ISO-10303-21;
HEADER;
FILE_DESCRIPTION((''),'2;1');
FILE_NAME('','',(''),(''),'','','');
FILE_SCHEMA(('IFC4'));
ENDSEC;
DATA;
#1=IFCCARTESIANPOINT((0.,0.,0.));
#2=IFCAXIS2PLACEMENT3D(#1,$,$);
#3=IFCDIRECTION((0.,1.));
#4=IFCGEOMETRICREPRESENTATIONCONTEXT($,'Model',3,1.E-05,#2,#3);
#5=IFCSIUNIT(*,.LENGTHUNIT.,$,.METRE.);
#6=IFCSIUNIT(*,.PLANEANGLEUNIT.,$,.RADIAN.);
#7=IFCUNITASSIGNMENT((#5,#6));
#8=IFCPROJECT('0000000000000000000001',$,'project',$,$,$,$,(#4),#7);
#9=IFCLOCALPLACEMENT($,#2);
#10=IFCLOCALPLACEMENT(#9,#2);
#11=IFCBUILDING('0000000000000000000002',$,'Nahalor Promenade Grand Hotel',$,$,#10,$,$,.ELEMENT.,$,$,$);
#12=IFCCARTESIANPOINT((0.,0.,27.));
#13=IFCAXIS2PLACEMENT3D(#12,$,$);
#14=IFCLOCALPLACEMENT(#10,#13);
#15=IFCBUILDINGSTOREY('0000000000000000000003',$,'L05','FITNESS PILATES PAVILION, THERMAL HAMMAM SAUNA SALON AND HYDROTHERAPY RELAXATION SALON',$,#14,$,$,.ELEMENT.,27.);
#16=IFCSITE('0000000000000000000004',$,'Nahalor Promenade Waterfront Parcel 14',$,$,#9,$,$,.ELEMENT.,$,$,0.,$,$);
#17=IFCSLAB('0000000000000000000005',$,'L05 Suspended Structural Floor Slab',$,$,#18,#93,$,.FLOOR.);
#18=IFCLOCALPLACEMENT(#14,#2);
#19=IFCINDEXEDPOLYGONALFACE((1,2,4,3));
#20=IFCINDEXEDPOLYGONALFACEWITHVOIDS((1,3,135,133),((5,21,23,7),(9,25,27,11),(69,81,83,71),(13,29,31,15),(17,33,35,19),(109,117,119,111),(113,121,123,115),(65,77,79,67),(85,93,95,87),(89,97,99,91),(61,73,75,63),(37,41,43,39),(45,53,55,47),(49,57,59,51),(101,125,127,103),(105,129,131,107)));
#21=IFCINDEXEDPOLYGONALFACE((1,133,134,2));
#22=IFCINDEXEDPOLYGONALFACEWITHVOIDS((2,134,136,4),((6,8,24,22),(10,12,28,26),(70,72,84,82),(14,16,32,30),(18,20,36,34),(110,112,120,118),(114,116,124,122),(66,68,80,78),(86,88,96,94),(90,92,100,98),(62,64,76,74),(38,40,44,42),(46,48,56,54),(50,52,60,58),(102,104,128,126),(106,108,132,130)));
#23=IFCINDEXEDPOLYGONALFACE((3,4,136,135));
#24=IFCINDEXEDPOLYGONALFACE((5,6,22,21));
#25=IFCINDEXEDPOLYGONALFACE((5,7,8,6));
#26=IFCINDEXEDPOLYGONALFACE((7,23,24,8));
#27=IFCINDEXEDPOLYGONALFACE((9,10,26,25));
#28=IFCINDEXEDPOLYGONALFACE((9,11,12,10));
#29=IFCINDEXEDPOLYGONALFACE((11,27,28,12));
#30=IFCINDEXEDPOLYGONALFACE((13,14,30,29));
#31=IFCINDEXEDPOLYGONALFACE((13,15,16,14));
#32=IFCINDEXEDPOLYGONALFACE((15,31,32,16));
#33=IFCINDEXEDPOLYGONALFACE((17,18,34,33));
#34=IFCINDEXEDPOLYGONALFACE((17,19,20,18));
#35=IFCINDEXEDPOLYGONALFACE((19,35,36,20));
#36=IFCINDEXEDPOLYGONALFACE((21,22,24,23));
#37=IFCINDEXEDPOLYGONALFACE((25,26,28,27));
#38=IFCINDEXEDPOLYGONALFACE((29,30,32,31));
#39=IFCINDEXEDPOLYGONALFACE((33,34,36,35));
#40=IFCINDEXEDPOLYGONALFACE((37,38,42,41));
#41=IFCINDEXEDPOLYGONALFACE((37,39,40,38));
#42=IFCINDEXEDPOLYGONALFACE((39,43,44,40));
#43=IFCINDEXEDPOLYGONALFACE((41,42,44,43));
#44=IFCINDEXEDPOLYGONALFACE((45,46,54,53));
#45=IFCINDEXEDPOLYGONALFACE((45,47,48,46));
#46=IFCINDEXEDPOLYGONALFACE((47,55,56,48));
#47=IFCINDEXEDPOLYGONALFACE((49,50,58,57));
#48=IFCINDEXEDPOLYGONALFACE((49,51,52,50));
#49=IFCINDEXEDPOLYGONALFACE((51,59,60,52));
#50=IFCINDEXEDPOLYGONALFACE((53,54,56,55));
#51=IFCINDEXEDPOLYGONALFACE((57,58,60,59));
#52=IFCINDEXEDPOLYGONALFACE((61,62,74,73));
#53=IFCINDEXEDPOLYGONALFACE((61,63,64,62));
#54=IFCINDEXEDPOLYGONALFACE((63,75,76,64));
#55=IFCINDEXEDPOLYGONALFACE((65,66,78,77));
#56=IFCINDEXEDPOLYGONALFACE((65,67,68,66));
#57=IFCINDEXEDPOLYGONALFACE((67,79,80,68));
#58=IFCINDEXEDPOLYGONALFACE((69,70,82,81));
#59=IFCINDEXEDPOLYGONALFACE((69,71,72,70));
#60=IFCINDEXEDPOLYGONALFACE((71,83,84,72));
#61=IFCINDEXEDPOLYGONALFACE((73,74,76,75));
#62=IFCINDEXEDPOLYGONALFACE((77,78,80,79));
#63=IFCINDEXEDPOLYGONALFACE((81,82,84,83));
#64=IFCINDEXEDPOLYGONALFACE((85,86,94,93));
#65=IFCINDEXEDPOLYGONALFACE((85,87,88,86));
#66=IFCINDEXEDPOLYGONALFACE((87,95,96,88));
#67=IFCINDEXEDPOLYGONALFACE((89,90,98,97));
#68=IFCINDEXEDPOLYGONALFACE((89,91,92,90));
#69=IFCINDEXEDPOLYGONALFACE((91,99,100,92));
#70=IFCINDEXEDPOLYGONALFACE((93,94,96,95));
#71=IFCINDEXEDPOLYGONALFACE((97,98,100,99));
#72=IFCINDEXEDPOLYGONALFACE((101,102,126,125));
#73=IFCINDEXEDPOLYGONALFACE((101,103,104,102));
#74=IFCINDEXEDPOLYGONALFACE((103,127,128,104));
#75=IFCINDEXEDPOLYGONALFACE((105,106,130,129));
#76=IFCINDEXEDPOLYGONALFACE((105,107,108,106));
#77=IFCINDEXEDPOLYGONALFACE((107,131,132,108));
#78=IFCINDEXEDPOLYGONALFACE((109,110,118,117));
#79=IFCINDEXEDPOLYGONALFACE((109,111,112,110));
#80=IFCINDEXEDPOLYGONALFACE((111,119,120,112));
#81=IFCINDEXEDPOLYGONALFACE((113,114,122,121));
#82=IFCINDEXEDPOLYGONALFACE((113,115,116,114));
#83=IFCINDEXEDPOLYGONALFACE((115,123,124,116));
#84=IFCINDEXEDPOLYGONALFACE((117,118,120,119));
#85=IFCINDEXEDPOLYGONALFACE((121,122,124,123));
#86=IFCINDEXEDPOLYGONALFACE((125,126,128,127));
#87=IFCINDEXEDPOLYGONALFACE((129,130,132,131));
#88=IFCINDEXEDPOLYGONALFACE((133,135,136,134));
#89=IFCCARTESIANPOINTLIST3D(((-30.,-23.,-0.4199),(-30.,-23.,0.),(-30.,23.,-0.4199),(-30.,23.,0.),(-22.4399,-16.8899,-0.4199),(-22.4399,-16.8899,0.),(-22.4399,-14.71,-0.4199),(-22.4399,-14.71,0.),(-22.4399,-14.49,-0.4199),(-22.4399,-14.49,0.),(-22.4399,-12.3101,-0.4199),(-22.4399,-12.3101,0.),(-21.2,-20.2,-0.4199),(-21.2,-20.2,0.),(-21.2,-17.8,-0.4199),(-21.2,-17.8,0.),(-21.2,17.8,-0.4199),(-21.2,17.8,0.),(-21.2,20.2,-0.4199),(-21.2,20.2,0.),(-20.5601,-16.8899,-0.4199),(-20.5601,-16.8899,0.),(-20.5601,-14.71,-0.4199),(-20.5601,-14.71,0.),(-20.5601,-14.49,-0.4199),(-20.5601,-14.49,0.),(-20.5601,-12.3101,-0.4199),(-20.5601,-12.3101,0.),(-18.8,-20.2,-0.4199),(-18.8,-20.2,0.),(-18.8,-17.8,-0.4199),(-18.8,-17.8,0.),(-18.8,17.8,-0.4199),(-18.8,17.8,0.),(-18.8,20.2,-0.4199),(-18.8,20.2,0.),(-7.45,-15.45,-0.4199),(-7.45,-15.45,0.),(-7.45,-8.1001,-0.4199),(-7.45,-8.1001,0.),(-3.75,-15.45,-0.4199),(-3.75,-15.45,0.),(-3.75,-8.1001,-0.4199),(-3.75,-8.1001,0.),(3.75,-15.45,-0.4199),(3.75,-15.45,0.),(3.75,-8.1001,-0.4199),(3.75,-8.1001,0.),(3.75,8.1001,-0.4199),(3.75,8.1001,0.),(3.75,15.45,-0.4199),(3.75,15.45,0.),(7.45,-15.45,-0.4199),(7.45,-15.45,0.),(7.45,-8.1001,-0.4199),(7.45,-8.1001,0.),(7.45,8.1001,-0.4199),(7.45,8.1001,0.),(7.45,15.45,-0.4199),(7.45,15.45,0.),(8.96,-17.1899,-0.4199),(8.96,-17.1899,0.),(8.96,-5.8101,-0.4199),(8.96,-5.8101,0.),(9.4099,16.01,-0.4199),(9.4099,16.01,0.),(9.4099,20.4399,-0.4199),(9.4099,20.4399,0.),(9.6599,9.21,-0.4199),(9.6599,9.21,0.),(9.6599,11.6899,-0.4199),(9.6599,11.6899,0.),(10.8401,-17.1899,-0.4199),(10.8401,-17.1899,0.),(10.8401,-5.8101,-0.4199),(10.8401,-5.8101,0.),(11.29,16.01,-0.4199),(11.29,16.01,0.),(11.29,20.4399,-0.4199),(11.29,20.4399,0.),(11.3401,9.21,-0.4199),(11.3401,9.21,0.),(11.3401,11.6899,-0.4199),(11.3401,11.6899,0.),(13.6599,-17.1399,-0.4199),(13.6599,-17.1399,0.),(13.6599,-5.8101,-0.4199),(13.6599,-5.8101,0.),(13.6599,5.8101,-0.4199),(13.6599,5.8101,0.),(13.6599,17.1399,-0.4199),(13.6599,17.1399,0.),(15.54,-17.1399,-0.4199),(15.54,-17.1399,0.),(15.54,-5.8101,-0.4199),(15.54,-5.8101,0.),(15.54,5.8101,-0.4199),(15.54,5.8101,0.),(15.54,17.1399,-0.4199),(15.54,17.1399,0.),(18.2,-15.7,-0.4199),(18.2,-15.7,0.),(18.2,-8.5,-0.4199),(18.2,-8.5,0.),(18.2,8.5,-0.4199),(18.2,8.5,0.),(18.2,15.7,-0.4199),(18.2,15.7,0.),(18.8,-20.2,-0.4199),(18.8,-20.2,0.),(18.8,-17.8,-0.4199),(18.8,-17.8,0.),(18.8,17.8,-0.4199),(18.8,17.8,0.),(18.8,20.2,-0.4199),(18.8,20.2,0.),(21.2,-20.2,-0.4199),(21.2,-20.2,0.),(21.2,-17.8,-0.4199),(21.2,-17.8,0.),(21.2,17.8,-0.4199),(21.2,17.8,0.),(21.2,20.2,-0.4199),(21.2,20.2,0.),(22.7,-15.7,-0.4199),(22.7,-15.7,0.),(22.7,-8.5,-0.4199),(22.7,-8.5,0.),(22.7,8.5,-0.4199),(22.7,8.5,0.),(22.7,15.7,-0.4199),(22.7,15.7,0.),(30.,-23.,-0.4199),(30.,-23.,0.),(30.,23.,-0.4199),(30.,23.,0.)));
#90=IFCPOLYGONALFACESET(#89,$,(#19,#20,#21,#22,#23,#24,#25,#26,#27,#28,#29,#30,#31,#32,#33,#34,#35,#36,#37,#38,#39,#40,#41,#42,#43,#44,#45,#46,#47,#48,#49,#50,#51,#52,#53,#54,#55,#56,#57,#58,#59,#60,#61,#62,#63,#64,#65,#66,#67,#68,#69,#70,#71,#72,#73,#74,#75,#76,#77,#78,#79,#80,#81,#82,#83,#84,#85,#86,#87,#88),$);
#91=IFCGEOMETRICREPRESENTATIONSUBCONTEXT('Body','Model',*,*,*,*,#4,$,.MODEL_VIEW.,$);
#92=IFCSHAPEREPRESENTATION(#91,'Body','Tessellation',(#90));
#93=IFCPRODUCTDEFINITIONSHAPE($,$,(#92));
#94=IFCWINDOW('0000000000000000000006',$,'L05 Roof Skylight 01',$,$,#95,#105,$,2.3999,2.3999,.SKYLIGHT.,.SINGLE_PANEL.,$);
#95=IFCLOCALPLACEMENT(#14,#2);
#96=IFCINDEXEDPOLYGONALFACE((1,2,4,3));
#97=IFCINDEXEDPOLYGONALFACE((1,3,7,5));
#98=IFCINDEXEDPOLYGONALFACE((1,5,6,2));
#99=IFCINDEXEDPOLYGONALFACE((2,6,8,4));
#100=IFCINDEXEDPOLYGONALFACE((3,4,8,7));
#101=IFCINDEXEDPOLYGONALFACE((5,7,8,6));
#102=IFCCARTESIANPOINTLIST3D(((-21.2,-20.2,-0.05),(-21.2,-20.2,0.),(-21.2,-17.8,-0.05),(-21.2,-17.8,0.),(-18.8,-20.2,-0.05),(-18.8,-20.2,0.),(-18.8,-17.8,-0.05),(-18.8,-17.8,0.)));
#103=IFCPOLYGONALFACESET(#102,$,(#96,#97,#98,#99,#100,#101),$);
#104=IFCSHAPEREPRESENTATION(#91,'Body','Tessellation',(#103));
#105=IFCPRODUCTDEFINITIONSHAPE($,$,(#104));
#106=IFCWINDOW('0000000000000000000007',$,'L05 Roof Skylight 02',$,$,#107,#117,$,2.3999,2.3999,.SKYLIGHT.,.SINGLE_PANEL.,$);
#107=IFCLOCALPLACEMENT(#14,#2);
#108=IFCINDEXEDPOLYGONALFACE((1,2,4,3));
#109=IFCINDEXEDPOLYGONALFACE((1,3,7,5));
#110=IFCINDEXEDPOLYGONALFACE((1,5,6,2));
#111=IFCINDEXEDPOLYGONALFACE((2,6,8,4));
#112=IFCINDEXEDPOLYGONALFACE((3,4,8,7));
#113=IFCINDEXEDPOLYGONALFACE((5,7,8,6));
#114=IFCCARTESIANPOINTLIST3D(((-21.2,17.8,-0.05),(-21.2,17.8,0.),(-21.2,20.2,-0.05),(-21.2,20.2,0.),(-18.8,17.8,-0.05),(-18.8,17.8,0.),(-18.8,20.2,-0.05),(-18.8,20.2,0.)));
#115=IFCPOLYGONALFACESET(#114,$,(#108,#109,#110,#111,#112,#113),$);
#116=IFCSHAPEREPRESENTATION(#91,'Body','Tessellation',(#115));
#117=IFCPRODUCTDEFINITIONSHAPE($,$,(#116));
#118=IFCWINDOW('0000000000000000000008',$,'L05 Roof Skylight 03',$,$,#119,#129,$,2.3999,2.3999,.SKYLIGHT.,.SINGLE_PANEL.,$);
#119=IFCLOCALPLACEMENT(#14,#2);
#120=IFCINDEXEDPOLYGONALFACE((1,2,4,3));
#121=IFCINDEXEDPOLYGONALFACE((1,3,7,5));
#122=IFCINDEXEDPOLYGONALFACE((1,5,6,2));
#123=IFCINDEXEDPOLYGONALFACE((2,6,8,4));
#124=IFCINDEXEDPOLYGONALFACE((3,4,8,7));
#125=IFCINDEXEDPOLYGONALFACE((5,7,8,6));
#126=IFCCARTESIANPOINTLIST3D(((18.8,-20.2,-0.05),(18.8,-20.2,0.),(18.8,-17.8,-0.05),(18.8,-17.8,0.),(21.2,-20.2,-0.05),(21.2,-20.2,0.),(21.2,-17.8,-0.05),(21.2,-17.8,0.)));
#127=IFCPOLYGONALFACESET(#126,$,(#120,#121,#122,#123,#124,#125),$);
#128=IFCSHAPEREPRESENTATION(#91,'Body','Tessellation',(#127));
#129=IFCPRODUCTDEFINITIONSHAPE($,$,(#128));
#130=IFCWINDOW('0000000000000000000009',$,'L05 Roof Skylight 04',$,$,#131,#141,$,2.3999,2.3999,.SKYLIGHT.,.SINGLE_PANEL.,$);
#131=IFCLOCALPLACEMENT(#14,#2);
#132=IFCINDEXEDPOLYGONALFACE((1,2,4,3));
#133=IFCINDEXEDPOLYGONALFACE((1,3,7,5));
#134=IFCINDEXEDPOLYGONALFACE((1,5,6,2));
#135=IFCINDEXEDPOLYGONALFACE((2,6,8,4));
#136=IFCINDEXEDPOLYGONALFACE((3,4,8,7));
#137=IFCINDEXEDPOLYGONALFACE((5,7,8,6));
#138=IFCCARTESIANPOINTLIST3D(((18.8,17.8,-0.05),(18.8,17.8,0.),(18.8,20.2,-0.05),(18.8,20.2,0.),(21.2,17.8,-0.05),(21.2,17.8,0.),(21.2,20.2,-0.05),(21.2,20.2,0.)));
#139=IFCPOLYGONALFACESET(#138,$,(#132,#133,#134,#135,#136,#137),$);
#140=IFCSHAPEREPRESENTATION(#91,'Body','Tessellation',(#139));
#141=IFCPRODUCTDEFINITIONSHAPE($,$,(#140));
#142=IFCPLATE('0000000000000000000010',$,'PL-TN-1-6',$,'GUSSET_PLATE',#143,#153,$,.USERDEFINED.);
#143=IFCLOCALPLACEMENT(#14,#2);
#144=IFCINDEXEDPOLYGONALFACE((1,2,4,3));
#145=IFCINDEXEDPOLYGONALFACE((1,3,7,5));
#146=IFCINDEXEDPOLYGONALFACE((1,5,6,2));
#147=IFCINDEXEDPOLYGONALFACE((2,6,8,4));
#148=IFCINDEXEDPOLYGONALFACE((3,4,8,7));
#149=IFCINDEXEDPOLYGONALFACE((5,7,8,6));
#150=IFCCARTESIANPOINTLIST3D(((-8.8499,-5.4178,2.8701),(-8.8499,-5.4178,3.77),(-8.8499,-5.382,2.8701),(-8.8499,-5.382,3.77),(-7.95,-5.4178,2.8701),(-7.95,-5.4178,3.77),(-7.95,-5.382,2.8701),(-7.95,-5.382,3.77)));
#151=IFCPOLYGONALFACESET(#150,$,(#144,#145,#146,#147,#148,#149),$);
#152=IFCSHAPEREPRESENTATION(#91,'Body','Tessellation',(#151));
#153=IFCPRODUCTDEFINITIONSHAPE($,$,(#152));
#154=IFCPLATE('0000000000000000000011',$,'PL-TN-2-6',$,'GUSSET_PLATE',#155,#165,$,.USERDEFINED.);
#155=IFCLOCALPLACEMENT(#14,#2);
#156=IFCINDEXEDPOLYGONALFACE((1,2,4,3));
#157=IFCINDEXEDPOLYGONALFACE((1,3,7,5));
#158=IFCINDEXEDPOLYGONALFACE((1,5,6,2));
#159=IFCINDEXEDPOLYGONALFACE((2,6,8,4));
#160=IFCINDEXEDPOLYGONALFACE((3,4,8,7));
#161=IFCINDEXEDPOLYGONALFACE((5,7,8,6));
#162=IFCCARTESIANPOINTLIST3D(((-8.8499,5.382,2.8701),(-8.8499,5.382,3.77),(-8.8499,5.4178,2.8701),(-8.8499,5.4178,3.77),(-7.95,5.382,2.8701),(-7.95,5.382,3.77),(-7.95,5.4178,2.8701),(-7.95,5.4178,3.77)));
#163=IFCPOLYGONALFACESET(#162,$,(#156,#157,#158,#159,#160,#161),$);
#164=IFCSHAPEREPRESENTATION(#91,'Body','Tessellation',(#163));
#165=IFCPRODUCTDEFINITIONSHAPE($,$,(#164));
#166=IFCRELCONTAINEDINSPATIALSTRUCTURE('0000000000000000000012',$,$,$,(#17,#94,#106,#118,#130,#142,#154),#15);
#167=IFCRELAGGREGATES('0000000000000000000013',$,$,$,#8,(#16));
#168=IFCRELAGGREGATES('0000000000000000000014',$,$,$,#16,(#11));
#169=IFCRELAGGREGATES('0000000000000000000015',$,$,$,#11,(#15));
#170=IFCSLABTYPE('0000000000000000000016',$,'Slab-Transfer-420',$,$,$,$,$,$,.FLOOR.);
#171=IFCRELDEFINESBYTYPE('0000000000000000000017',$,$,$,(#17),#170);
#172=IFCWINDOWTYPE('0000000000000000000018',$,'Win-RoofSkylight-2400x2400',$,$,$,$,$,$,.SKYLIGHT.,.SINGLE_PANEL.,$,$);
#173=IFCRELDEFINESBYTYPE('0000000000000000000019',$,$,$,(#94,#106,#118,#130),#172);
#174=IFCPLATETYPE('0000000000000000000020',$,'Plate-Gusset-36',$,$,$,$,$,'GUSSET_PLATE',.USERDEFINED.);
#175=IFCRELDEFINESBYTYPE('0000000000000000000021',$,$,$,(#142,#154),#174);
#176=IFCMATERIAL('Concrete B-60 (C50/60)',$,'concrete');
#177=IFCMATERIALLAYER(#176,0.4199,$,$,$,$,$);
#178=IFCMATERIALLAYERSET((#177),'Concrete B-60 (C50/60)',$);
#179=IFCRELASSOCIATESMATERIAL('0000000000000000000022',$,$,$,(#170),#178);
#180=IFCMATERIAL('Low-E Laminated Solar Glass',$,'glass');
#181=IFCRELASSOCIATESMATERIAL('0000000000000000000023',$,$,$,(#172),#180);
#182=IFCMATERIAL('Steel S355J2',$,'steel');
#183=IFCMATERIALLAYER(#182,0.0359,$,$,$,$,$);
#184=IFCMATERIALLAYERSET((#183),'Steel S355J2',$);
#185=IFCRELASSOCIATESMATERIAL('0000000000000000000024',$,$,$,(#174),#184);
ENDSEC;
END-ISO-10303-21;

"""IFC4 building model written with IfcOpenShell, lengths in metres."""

from ifc_helpers import new_model, si_unit, direction, frame, origin, origin_2d, place, context, subcontext, project, spatial, polyline, rectangle, outline, extrude, source, transform, mapped, material, layer, layer_set, type_object, element, fill, save


model = new_model("IFC4")

# Units and contexts
model_context = context("Model", 3, precision=1e-05, world=origin(), true_north=direction((0.0, 1.0)))
body_context = subcontext(model_context, "Body", "Model", "MODEL_VIEW")
ifc_project = project(units=[si_unit("LENGTHUNIT", "METRE"), si_unit("PLANEANGLEUNIT", "RADIAN")], contexts=[model_context])

# Site, building, storey
site_placement = place(None, origin())
site = spatial("IfcSite", under=ifc_project, at=site_placement, Name="Nahalor Promenade Waterfront Parcel 14", CompositionType="ELEMENT", RefElevation=0.0)
building_placement = place(site_placement, origin())
building = spatial("IfcBuilding", under=site, at=building_placement, Name="Nahalor Promenade Grand Hotel", CompositionType="ELEMENT")
storey_placement = place(building_placement, frame((0.0, 0.0, 27.0)))
storey = spatial("IfcBuildingStorey", under=building, at=storey_placement, Name="L05", Description="FITNESS PILATES PAVILION, THERMAL HAMMAM SAUNA SALON AND HYDROTHERAPY RELAXATION SALON", CompositionType="ELEMENT", Elevation=27.0)

# Slab, openings, windows
ifc_material_1 = material(Name="Concrete B-60 (C50/60)", Category="concrete")
ifc_layer_1 = layer(ifc_material_1, 0.4199)
ifc_layer_set_1 = layer_set([ifc_layer_1], Name="Concrete B-60 (C50/60)")
slab_type_1 = type_object("IfcSlabType", Name="Slab-Transfer-420", PredefinedType="FLOOR", material=ifc_layer_set_1)
slab_1_placement = place(storey_placement, frame((0.0, 0.0, -0.4199)))
slab_1 = element("IfcSlab", 1, at=slab_1_placement, inside=storey, type_object=slab_type_1, Name="L05 Suspended Structural Floor Slab", PredefinedType="FLOOR", context=body_context, shape_type="SweptSolid", body=[
    extrude(outline(polyline([(-30.0, -23.0), (30.0, -23.0), (30.0, 23.0), (-30.0, 23.0), (-30.0, -23.0)]), holes=[polyline([(3.75, 8.1001), (7.45, 8.1001), (7.45, 15.45), (3.75, 15.45), (3.75, 8.1001)]), polyline([(3.75, -15.45), (7.45, -15.45), (7.45, -8.1001), (3.75, -8.1001), (3.75, -15.45)]), polyline([(-7.45, -15.45), (-3.75, -15.45), (-3.75, -8.1001), (-7.45, -8.1001), (-7.45, -15.45)]), polyline([(18.2, 8.5), (22.7, 8.5), (22.7, 15.7), (18.2, 15.7), (18.2, 8.5)]), polyline([(18.2, -15.7), (22.7, -15.7), (22.7, -8.5), (18.2, -8.5), (18.2, -15.7)]), polyline([(13.6599, 5.8101), (15.54, 5.8101), (15.54, 17.1399), (13.6599, 17.1399), (13.6599, 5.8101)]), polyline([(13.6599, -17.1399), (15.54, -17.1399), (15.54, -5.8101), (13.6599, -5.8101), (13.6599, -17.1399)]), polyline([(8.96, -17.1899), (10.8401, -17.1899), (10.8401, -5.8101), (8.96, -5.8101), (8.96, -17.1899)]), polyline([(9.4099, 16.01), (11.29, 16.01), (11.29, 20.4399), (9.4099, 20.4399), (9.4099, 16.01)]), polyline([(9.6599, 9.21), (11.3401, 9.21), (11.3401, 11.6899), (9.6599, 11.6899), (9.6599, 9.21)]), polyline([(-22.4399, -16.8899), (-20.5601, -16.8899), (-20.5601, -14.71), (-22.4399, -14.71), (-22.4399, -16.8899)]), polyline([(-22.4399, -14.49), (-20.5601, -14.49), (-20.5601, -12.3101), (-22.4399, -12.3101), (-22.4399, -14.49)])]), origin(), (0.0, 0.0, 1.0), 0.4199),
])
opening_1_placement = place(slab_1_placement, frame((-20.0, -19.0, 0.0)))
opening_1 = element("IfcOpeningElement", 2, at=opening_1_placement, cuts=slab_1, PredefinedType="OPENING", context=body_context, shape_type="SweptSolid", body=[
    extrude(rectangle(XDim=2.3999, YDim=2.3999, at=origin_2d()), frame((0.0, 0.0, -0.01)), (0.0, 0.0, 1.0), 0.4399),
])
opening_2_placement = place(slab_1_placement, frame((-20.0, 19.0, 0.0)))
opening_2 = element("IfcOpeningElement", 3, at=opening_2_placement, cuts=slab_1, PredefinedType="OPENING", context=body_context, shape_type="SweptSolid", body=[
    extrude(rectangle(XDim=2.3999, YDim=2.3999, at=origin_2d()), frame((0.0, 0.0, -0.01)), (0.0, 0.0, 1.0), 0.4399),
])
opening_3_placement = place(slab_1_placement, frame((20.0, -19.0, 0.0)))
opening_3 = element("IfcOpeningElement", 4, at=opening_3_placement, cuts=slab_1, PredefinedType="OPENING", context=body_context, shape_type="SweptSolid", body=[
    extrude(rectangle(XDim=2.3999, YDim=2.3999, at=origin_2d()), frame((0.0, 0.0, -0.01)), (0.0, 0.0, 1.0), 0.4399),
])
opening_4_placement = place(slab_1_placement, frame((20.0, 19.0, 0.0)))
opening_4 = element("IfcOpeningElement", 5, at=opening_4_placement, cuts=slab_1, PredefinedType="OPENING", context=body_context, shape_type="SweptSolid", body=[
    extrude(rectangle(XDim=2.3999, YDim=2.3999, at=origin_2d()), frame((0.0, 0.0, -0.01)), (0.0, 0.0, 1.0), 0.4399),
])
ifc_material_2 = material(Name="Low-E Laminated Solar Glass", Category="glass")
window_type = type_object("IfcWindowType", Name="Win-RoofSkylight-2400x2400", PartitioningType="SINGLE_PANEL", PredefinedType="SKYLIGHT", material=ifc_material_2)
window_1_placement = place(opening_1_placement, frame((0.0, 0.0, 0.3699)))
window_1 = element("IfcWindow", 6, at=window_1_placement, inside=storey, type_object=window_type, Name="L05 Roof Skylight 01", OverallHeight=2.3999, OverallWidth=2.3999, PartitioningType="SINGLE_PANEL", PredefinedType="SKYLIGHT", context=body_context, shape_type="SweptSolid", body=[
    extrude(rectangle(XDim=2.3999, YDim=2.3999, at=origin_2d()), origin(), (0.0, 0.0, 1.0), 0.05),
])
fill(opening_1, window_1)
window_2_placement = place(opening_2_placement, frame((0.0, 0.0, 0.3699)))
window_2 = element("IfcWindow", 7, at=window_2_placement, inside=storey, type_object=window_type, Name="L05 Roof Skylight 02", OverallHeight=2.3999, OverallWidth=2.3999, PartitioningType="SINGLE_PANEL", PredefinedType="SKYLIGHT", context=body_context, shape_type="SweptSolid", body=[
    extrude(rectangle(XDim=2.3999, YDim=2.3999, at=origin_2d()), origin(), (0.0, 0.0, 1.0), 0.05),
])
fill(opening_2, window_2)
window_3_placement = place(opening_3_placement, frame((0.0, 0.0, 0.3699)))
window_3 = element("IfcWindow", 8, at=window_3_placement, inside=storey, type_object=window_type, Name="L05 Roof Skylight 03", OverallHeight=2.3999, OverallWidth=2.3999, PartitioningType="SINGLE_PANEL", PredefinedType="SKYLIGHT", context=body_context, shape_type="SweptSolid", body=[
    extrude(rectangle(XDim=2.3999, YDim=2.3999, at=origin_2d()), origin(), (0.0, 0.0, 1.0), 0.05),
])
fill(opening_3, window_3)
window_4_placement = place(opening_4_placement, frame((0.0, 0.0, 0.3699)))
window_4 = element("IfcWindow", 9, at=window_4_placement, inside=storey, type_object=window_type, Name="L05 Roof Skylight 04", OverallHeight=2.3999, OverallWidth=2.3999, PartitioningType="SINGLE_PANEL", PredefinedType="SKYLIGHT", context=body_context, shape_type="SweptSolid", body=[
    extrude(rectangle(XDim=2.3999, YDim=2.3999, at=origin_2d()), origin(), (0.0, 0.0, 1.0), 0.05),
])
fill(opening_4, window_4)

# Plates
ifc_material_3 = material(Name="Steel S355J2", Category="steel")
ifc_layer_2 = layer(ifc_material_3, 0.0359)
ifc_layer_set_2 = layer_set([ifc_layer_2], Name="Steel S355J2")
plate_type = type_object("IfcPlateType", Name="Plate-Gusset-36", ElementType="GUSSET_PLATE", PredefinedType="USERDEFINED", material=ifc_layer_set_2)
shared_shape_1 = source(origin(), body_context, "Body", "SweptSolid", [
    extrude(rectangle(XDim=0.8999, YDim=0.0359, at=origin_2d()), origin(), (0.0, 0.0, 1.0), 0.8999),
])
for number, where, z_axis, x_axis, name in (
    (10, (-8.3999, -5.3999, 2.8701), (0.0, 0.0, 1.0), (1.0, 0.0, 0.0), "PL-TN-1-6"),
    (11, (-8.3999, 5.3999, 2.8701), (0.0, 0.0, 1.0), (1.0, 0.0, 0.0), "PL-TN-2-6"),
):
    element("IfcPlate", number, at=place(storey_placement, frame(where, z_axis=z_axis, x_axis=x_axis)), inside=storey, type_object=plate_type, Name=name, ObjectType="GUSSET_PLATE", PredefinedType="USERDEFINED", context=body_context, shape_type="MappedRepresentation", body=[
        mapped(shared_shape_1, transform((0.0, 0.0, 0.0), scale=1.0)),
    ])

save(model, "model.ifc")
